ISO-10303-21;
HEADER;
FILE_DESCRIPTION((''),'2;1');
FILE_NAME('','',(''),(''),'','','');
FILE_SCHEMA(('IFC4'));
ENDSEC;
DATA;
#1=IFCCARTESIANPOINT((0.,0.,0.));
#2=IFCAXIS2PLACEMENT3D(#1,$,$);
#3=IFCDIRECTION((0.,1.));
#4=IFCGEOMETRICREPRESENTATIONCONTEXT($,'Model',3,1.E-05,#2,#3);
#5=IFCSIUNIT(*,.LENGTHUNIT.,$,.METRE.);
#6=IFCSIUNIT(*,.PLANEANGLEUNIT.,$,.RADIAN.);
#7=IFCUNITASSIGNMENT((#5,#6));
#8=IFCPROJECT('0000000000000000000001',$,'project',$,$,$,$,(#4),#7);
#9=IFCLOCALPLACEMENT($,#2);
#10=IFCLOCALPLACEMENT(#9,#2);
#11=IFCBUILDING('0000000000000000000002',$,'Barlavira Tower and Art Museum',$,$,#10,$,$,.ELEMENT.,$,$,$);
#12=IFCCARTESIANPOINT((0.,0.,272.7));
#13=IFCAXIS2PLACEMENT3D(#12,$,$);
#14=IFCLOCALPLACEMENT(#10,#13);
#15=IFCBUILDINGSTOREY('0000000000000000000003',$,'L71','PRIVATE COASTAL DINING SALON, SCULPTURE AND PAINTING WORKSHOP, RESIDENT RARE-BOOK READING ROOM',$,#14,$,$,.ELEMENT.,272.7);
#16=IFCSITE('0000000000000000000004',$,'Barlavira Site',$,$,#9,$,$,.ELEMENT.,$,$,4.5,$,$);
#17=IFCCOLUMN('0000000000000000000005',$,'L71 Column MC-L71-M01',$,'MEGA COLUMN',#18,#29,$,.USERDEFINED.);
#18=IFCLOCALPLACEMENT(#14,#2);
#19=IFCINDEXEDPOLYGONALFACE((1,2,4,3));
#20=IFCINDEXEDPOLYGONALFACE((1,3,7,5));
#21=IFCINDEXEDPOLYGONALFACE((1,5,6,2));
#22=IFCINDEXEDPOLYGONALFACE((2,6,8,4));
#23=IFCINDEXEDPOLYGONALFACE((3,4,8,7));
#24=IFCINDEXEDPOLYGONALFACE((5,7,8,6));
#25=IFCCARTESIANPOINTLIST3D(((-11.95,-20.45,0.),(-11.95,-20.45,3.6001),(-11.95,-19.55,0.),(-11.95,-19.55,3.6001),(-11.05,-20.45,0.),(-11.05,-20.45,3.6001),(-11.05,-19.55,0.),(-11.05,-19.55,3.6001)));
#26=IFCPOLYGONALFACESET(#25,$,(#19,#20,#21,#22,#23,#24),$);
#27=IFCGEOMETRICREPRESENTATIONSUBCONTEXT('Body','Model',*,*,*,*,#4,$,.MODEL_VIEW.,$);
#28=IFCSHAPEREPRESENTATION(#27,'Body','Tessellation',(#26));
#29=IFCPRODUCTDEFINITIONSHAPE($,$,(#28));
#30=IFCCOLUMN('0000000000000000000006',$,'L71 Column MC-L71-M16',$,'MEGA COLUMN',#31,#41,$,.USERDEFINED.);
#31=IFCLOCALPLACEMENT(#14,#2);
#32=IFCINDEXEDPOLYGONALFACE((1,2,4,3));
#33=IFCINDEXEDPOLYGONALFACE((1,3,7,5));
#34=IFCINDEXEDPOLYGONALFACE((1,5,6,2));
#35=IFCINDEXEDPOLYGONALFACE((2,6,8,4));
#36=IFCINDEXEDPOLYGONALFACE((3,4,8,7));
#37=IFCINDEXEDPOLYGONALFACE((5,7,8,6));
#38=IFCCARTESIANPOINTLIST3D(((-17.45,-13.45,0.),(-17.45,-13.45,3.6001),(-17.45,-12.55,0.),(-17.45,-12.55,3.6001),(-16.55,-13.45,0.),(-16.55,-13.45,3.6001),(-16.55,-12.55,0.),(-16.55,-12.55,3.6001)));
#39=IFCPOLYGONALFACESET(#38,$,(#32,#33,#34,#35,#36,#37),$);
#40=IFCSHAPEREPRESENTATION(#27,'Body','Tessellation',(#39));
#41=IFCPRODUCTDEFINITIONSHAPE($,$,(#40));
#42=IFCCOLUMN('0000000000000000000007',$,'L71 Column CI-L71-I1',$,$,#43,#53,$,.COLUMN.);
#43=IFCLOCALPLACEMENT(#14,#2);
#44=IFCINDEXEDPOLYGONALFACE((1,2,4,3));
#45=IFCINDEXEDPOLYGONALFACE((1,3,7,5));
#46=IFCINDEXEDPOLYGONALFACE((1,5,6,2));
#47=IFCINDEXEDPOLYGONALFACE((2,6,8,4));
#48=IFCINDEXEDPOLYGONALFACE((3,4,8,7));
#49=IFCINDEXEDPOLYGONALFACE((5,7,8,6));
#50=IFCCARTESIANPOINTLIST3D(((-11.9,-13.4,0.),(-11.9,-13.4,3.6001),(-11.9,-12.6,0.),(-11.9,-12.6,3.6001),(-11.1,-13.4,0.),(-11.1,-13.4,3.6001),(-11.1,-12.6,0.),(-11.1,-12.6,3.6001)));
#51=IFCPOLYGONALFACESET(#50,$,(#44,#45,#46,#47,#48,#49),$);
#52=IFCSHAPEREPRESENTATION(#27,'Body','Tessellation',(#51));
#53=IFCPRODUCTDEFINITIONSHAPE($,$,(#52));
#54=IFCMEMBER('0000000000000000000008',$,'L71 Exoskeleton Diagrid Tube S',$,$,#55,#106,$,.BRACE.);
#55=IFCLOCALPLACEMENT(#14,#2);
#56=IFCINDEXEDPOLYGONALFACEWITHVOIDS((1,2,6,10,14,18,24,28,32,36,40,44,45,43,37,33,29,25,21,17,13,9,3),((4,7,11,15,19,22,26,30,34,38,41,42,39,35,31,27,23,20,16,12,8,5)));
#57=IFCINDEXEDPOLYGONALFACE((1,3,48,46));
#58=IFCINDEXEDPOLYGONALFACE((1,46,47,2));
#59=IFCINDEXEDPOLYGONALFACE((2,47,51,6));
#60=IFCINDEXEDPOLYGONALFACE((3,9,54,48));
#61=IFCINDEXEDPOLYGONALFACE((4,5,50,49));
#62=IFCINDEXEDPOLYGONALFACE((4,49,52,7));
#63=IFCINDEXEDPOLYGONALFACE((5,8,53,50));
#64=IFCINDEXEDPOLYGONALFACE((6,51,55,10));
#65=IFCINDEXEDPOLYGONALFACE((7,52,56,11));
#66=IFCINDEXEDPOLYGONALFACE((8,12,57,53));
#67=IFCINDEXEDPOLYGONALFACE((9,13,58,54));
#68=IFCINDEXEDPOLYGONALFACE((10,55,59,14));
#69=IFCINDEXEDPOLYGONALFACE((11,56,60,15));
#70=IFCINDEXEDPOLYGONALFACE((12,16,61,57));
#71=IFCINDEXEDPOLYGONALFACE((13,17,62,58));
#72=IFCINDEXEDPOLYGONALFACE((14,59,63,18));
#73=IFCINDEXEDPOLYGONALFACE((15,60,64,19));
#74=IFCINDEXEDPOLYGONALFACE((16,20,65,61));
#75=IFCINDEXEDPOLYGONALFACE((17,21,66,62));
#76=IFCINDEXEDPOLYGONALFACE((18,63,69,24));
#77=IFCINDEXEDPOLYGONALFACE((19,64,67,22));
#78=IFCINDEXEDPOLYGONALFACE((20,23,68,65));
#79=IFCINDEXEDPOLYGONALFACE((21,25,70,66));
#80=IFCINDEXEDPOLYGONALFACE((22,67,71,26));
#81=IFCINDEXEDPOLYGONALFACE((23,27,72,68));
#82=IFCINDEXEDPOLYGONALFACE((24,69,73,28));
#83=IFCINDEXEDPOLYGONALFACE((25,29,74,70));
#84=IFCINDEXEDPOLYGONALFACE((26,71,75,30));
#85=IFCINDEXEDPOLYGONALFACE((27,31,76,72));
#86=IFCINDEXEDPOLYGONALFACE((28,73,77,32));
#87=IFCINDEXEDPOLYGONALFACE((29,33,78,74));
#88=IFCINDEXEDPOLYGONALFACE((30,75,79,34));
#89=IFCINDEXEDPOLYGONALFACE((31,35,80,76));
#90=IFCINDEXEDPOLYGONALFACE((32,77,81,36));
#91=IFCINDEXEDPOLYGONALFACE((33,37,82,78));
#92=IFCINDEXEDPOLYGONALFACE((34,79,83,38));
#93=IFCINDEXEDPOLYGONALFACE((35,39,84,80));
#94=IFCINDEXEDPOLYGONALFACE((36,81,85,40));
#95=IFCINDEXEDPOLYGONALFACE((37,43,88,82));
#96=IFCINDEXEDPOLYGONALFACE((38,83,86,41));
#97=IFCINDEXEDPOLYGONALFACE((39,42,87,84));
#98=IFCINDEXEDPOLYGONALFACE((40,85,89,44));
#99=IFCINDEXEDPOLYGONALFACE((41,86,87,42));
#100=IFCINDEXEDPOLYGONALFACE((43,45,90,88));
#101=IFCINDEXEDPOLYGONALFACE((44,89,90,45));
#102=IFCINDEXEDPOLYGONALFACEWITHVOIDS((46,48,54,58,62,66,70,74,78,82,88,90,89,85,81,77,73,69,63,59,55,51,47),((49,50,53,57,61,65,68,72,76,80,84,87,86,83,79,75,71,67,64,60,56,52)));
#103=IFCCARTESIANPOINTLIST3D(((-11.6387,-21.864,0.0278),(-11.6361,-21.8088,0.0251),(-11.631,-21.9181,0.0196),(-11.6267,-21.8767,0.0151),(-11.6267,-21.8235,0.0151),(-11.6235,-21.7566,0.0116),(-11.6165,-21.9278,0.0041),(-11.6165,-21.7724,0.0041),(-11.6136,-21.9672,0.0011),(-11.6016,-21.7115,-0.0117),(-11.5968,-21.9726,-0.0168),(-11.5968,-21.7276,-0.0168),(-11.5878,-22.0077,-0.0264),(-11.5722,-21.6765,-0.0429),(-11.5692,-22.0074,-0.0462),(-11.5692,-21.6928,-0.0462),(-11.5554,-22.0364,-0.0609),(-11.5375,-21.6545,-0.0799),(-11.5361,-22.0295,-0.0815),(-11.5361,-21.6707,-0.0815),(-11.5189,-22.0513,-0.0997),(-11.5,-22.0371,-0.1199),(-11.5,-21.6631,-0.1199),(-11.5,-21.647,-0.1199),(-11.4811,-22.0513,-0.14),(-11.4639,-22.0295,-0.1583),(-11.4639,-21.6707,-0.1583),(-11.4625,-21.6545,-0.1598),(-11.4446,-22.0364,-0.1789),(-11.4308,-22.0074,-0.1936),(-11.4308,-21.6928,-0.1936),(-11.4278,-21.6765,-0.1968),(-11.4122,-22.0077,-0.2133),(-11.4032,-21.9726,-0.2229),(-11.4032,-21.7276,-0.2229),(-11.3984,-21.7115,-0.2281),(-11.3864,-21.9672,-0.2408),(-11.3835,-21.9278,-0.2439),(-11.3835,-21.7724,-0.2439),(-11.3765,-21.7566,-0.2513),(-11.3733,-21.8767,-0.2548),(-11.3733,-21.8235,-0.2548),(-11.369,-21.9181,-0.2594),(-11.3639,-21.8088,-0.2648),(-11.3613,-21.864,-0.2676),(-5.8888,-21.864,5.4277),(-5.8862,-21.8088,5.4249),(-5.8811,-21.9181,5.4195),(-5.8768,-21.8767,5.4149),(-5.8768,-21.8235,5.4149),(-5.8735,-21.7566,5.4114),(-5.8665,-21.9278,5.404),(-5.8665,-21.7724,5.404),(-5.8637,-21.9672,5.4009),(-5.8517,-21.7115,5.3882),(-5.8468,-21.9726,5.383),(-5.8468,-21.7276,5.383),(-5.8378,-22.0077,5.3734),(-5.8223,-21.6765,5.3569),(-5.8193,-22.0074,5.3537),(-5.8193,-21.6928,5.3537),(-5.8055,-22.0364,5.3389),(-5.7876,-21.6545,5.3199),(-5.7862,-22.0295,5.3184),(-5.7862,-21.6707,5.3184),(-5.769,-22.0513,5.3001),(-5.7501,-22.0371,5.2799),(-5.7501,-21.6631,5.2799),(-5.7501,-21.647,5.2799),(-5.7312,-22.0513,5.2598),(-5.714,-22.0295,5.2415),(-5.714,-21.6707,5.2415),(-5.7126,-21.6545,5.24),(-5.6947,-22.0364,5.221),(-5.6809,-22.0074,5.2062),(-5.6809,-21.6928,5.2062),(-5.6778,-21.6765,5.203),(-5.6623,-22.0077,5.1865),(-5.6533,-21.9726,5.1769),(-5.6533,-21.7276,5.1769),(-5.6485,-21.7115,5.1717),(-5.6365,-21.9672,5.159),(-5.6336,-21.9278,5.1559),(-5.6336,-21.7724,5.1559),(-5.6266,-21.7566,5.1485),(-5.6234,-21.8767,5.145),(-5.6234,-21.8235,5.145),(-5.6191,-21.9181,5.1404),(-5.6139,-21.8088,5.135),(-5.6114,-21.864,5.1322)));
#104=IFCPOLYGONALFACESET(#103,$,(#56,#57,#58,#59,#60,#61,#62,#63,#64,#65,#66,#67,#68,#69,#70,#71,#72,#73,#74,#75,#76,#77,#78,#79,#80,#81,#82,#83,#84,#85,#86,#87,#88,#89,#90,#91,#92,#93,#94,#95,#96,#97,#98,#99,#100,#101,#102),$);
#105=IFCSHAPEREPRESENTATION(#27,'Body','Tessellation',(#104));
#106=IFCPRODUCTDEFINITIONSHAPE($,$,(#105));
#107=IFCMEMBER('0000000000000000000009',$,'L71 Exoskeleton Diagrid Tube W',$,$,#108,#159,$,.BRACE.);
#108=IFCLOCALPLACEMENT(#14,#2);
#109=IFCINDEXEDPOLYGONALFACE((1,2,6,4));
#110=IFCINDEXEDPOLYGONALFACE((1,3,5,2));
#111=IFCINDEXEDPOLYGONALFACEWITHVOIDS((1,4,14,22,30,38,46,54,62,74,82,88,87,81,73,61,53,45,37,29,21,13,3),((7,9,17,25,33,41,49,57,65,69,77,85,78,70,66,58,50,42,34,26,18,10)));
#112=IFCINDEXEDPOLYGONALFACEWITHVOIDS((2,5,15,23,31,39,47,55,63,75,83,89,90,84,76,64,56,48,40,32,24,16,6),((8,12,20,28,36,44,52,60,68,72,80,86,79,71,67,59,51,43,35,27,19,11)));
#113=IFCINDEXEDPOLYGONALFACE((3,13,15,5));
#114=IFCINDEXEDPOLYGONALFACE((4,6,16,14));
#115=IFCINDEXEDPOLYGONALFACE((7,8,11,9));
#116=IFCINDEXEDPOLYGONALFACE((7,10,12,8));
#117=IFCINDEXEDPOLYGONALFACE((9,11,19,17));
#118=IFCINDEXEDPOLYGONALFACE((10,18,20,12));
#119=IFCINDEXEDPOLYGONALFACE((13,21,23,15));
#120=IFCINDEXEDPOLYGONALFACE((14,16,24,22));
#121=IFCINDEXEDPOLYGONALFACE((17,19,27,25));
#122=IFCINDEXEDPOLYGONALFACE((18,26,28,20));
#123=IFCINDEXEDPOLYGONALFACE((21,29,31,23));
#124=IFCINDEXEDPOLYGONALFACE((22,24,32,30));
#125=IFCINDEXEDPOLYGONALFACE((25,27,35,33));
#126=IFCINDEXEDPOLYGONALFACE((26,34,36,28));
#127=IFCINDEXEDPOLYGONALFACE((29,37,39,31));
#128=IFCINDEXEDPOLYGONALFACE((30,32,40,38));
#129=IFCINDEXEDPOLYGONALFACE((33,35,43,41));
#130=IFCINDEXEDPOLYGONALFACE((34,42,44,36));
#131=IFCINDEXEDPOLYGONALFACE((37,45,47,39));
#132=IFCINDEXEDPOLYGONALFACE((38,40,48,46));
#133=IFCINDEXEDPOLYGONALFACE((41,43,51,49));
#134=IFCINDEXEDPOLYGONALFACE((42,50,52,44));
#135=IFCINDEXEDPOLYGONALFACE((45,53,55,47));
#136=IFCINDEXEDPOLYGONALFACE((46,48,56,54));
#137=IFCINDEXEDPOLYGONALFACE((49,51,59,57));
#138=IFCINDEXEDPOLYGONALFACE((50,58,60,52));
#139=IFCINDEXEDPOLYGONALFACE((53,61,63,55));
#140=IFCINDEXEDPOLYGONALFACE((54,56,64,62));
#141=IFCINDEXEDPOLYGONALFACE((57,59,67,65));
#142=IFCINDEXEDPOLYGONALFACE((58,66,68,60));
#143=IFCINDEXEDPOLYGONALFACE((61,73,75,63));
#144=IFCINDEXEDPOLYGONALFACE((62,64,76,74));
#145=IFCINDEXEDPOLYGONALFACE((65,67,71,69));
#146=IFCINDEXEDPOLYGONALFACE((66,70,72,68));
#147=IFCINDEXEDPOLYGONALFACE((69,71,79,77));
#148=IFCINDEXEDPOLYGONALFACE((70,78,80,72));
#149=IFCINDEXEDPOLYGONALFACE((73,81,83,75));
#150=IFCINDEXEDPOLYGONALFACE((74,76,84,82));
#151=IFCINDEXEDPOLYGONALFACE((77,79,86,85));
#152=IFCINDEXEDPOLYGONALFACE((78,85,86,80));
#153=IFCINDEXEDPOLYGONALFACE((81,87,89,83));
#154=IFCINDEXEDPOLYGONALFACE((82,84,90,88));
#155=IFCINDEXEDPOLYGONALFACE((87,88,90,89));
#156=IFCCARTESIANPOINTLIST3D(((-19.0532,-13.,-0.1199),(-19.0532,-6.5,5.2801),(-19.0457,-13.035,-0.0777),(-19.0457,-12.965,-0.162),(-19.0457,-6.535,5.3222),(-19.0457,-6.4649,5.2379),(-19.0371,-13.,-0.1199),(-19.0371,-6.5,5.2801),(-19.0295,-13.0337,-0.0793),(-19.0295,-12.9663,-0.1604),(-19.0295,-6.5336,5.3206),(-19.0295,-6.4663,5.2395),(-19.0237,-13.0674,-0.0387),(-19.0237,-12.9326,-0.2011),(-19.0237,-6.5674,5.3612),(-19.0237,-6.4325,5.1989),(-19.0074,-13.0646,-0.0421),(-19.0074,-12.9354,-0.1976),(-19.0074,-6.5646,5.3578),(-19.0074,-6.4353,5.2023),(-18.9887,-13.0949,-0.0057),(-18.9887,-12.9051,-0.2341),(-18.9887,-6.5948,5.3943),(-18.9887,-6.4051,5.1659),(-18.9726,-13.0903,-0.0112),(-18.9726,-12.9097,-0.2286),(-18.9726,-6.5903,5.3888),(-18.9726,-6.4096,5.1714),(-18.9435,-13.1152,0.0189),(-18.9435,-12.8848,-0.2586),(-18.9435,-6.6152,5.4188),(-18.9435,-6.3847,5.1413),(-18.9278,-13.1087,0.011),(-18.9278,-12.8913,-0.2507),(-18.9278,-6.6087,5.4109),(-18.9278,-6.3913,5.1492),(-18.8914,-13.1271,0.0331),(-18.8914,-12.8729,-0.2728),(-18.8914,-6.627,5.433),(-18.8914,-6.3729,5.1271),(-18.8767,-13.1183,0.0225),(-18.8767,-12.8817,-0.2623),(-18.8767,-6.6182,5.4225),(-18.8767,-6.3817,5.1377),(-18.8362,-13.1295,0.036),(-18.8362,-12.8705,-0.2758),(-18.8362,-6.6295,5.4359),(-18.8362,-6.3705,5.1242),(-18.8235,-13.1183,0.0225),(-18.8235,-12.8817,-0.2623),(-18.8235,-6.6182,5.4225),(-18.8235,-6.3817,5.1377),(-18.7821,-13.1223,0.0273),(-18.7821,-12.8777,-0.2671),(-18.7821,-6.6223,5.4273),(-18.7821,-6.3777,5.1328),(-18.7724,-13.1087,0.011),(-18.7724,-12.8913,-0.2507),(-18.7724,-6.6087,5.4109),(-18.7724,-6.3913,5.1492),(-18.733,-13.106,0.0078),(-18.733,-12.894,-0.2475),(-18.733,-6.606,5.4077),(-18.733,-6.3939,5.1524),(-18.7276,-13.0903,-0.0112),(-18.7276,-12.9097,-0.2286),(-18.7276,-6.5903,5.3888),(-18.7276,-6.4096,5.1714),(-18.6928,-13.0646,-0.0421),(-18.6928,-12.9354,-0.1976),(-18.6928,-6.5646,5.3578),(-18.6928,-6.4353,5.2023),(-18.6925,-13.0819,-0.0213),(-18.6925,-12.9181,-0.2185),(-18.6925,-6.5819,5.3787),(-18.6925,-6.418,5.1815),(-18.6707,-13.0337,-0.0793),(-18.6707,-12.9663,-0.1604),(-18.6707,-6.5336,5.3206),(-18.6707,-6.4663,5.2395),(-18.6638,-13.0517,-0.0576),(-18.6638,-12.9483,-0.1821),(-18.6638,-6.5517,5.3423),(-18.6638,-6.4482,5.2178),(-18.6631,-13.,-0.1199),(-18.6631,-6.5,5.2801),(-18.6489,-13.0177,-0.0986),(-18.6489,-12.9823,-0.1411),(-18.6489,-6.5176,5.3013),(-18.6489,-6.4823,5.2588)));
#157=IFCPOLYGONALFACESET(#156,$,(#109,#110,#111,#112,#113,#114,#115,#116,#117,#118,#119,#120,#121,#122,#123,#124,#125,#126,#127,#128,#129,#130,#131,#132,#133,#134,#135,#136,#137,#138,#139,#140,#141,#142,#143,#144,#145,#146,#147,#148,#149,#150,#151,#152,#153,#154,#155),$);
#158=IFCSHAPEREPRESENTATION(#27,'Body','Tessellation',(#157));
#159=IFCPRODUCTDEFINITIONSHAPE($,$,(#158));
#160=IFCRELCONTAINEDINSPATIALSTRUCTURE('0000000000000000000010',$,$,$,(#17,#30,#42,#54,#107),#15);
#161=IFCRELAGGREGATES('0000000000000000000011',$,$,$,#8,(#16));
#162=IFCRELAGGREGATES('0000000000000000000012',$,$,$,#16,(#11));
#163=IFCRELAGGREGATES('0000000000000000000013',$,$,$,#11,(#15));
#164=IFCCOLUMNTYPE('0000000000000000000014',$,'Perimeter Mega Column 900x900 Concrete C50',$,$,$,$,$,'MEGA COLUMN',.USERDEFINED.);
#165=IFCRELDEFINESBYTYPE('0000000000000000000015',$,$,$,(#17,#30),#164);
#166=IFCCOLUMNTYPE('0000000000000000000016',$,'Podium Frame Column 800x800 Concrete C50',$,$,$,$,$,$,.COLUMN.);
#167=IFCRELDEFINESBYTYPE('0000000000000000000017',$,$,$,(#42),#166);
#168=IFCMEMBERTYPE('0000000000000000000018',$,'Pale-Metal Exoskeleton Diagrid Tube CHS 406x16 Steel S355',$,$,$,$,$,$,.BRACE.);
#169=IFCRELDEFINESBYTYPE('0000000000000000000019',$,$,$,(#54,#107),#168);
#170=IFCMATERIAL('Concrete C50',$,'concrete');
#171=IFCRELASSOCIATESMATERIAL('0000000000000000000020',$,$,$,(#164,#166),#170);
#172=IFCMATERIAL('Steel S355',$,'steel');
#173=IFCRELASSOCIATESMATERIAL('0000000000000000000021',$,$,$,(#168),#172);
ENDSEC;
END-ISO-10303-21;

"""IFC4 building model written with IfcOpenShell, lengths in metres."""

from ifc_helpers import new_model, si_unit, direction, frame, origin, origin_2d, place, context, subcontext, project, spatial, rectangle, hollow_circle, extrude, material, material_profile, profile_set, type_object, element, save


model = new_model("IFC4")

# Units and contexts
model_context = context("Model", 3, precision=1e-05, world=origin(), true_north=direction((0.0, 1.0)))
body_context = subcontext(model_context, "Body", "Model", "MODEL_VIEW")
ifc_project = project(units=[si_unit("LENGTHUNIT", "METRE"), si_unit("PLANEANGLEUNIT", "RADIAN")], contexts=[model_context])

# Site, building, storey
site_placement = place(None, origin())
site = spatial("IfcSite", under=ifc_project, at=site_placement, Name="Barlavira Site", CompositionType="ELEMENT", RefElevation=4.5)
building_placement = place(site_placement, origin())
building = spatial("IfcBuilding", under=site, at=building_placement, Name="Barlavira Tower and Art Museum", CompositionType="ELEMENT")
storey_placement = place(building_placement, frame((0.0, 0.0, 272.7)))
storey = spatial("IfcBuildingStorey", under=building, at=storey_placement, Name="L71", Description="PRIVATE COASTAL DINING SALON, SCULPTURE AND PAINTING WORKSHOP, RESIDENT RARE-BOOK READING ROOM", CompositionType="ELEMENT", Elevation=272.7)

# Columns
ifc_material_1 = material(Name="Concrete C50", Category="concrete")
ifc_material_profile_1 = material_profile(ifc_material_1, rectangle(XDim=0.8999, YDim=0.8999, at=origin_2d()), Name="RC-COL 900x900")
ifc_profile_set_1 = profile_set([ifc_material_profile_1], Name="Concrete C50")
column_type_1 = type_object("IfcColumnType", Name="Perimeter Mega Column 900x900 Concrete C50", ElementType="MEGA COLUMN", PredefinedType="USERDEFINED", material=ifc_profile_set_1)
for number, where, z_axis, x_axis, name in (
    (1, (-11.5, -20.0, 0.0), (0.0, 0.0, 1.0), (1.0, 0.0, 0.0), "L71 Column MC-L71-M01"),
    (2, (-17.0, -13.0, 0.0), (0.0, 0.0, 1.0), (1.0, 0.0, 0.0), "L71 Column MC-L71-M16"),
):
    element("IfcColumn", number, at=place(storey_placement, frame(where, z_axis=z_axis, x_axis=x_axis)), inside=storey, type_object=column_type_1, Name=name, ObjectType="MEGA COLUMN", PredefinedType="USERDEFINED", context=body_context, shape_type="SweptSolid", body=[
        extrude(rectangle(XDim=0.8999, YDim=0.8999, at=origin_2d()), origin(), (0.0, 0.0, 1.0), 3.6001),
    ])
ifc_material_profile_2 = material_profile(ifc_material_1, rectangle(XDim=0.8, YDim=0.8, at=origin_2d()), Name="RC-COL 800x800")
ifc_profile_set_2 = profile_set([ifc_material_profile_2], Name="Concrete C50")
column_type_2 = type_object("IfcColumnType", Name="Podium Frame Column 800x800 Concrete C50", PredefinedType="COLUMN", material=ifc_profile_set_2)
column_placement = place(storey_placement, frame((-11.5, -13.0, 0.0), z_axis=(0.0, 0.0, 1.0), x_axis=(1.0, 0.0, 0.0)))
element("IfcColumn", 3, at=column_placement, inside=storey, type_object=column_type_2, Name="L71 Column CI-L71-I1", PredefinedType="COLUMN", context=body_context, shape_type="SweptSolid", body=[
    extrude(rectangle(XDim=0.8, YDim=0.8, at=origin_2d()), origin(), (0.0, 0.0, 1.0), 3.6001),
])

# Members
ifc_material_2 = material(Name="Steel S355", Category="steel")
ifc_material_profile_3 = material_profile(ifc_material_2, hollow_circle(Radius=0.2031, WallThickness=0.0161, at=origin_2d()), Name="CHS 406.4x16.0")
ifc_profile_set_3 = profile_set([ifc_material_profile_3], Name="Steel S355")
member_type_1 = type_object("IfcMemberType", Name="Pale-Metal Exoskeleton Diagrid Tube CHS 406x16 Steel S355", PredefinedType="BRACE", material=ifc_profile_set_3)
member_1_placement = place(storey_placement, frame((-11.5, -21.8501, -0.1199), z_axis=(0.72895, 0.0, 0.684567), x_axis=(0.0, 1.0, 0.0)))
element("IfcMember", 4, at=member_1_placement, inside=storey, type_object=member_type_1, Name="L71 Exoskeleton Diagrid Tube S", PredefinedType="BRACE", context=body_context, shape_type="SweptSolid", body=[
    extrude(hollow_circle(Radius=0.2031, WallThickness=0.0161, at=origin_2d()), origin(), (0.0, 0.0, 1.0), 7.8879),
])
member_2_placement = place(storey_placement, frame((-18.8501, -13.0, -0.1199), z_axis=(0.0, 0.769196, 0.639013), x_axis=(-1.0, 0.0, 0.0)))
element("IfcMember", 5, at=member_2_placement, inside=storey, type_object=member_type_1, Name="L71 Exoskeleton Diagrid Tube W", PredefinedType="BRACE", context=body_context, shape_type="SweptSolid", body=[
    extrude(hollow_circle(Radius=0.2031, WallThickness=0.0161, at=origin_2d()), origin(), (0.0, 0.0, 1.0), 8.4504),
])

save(model, "model.ifc")
